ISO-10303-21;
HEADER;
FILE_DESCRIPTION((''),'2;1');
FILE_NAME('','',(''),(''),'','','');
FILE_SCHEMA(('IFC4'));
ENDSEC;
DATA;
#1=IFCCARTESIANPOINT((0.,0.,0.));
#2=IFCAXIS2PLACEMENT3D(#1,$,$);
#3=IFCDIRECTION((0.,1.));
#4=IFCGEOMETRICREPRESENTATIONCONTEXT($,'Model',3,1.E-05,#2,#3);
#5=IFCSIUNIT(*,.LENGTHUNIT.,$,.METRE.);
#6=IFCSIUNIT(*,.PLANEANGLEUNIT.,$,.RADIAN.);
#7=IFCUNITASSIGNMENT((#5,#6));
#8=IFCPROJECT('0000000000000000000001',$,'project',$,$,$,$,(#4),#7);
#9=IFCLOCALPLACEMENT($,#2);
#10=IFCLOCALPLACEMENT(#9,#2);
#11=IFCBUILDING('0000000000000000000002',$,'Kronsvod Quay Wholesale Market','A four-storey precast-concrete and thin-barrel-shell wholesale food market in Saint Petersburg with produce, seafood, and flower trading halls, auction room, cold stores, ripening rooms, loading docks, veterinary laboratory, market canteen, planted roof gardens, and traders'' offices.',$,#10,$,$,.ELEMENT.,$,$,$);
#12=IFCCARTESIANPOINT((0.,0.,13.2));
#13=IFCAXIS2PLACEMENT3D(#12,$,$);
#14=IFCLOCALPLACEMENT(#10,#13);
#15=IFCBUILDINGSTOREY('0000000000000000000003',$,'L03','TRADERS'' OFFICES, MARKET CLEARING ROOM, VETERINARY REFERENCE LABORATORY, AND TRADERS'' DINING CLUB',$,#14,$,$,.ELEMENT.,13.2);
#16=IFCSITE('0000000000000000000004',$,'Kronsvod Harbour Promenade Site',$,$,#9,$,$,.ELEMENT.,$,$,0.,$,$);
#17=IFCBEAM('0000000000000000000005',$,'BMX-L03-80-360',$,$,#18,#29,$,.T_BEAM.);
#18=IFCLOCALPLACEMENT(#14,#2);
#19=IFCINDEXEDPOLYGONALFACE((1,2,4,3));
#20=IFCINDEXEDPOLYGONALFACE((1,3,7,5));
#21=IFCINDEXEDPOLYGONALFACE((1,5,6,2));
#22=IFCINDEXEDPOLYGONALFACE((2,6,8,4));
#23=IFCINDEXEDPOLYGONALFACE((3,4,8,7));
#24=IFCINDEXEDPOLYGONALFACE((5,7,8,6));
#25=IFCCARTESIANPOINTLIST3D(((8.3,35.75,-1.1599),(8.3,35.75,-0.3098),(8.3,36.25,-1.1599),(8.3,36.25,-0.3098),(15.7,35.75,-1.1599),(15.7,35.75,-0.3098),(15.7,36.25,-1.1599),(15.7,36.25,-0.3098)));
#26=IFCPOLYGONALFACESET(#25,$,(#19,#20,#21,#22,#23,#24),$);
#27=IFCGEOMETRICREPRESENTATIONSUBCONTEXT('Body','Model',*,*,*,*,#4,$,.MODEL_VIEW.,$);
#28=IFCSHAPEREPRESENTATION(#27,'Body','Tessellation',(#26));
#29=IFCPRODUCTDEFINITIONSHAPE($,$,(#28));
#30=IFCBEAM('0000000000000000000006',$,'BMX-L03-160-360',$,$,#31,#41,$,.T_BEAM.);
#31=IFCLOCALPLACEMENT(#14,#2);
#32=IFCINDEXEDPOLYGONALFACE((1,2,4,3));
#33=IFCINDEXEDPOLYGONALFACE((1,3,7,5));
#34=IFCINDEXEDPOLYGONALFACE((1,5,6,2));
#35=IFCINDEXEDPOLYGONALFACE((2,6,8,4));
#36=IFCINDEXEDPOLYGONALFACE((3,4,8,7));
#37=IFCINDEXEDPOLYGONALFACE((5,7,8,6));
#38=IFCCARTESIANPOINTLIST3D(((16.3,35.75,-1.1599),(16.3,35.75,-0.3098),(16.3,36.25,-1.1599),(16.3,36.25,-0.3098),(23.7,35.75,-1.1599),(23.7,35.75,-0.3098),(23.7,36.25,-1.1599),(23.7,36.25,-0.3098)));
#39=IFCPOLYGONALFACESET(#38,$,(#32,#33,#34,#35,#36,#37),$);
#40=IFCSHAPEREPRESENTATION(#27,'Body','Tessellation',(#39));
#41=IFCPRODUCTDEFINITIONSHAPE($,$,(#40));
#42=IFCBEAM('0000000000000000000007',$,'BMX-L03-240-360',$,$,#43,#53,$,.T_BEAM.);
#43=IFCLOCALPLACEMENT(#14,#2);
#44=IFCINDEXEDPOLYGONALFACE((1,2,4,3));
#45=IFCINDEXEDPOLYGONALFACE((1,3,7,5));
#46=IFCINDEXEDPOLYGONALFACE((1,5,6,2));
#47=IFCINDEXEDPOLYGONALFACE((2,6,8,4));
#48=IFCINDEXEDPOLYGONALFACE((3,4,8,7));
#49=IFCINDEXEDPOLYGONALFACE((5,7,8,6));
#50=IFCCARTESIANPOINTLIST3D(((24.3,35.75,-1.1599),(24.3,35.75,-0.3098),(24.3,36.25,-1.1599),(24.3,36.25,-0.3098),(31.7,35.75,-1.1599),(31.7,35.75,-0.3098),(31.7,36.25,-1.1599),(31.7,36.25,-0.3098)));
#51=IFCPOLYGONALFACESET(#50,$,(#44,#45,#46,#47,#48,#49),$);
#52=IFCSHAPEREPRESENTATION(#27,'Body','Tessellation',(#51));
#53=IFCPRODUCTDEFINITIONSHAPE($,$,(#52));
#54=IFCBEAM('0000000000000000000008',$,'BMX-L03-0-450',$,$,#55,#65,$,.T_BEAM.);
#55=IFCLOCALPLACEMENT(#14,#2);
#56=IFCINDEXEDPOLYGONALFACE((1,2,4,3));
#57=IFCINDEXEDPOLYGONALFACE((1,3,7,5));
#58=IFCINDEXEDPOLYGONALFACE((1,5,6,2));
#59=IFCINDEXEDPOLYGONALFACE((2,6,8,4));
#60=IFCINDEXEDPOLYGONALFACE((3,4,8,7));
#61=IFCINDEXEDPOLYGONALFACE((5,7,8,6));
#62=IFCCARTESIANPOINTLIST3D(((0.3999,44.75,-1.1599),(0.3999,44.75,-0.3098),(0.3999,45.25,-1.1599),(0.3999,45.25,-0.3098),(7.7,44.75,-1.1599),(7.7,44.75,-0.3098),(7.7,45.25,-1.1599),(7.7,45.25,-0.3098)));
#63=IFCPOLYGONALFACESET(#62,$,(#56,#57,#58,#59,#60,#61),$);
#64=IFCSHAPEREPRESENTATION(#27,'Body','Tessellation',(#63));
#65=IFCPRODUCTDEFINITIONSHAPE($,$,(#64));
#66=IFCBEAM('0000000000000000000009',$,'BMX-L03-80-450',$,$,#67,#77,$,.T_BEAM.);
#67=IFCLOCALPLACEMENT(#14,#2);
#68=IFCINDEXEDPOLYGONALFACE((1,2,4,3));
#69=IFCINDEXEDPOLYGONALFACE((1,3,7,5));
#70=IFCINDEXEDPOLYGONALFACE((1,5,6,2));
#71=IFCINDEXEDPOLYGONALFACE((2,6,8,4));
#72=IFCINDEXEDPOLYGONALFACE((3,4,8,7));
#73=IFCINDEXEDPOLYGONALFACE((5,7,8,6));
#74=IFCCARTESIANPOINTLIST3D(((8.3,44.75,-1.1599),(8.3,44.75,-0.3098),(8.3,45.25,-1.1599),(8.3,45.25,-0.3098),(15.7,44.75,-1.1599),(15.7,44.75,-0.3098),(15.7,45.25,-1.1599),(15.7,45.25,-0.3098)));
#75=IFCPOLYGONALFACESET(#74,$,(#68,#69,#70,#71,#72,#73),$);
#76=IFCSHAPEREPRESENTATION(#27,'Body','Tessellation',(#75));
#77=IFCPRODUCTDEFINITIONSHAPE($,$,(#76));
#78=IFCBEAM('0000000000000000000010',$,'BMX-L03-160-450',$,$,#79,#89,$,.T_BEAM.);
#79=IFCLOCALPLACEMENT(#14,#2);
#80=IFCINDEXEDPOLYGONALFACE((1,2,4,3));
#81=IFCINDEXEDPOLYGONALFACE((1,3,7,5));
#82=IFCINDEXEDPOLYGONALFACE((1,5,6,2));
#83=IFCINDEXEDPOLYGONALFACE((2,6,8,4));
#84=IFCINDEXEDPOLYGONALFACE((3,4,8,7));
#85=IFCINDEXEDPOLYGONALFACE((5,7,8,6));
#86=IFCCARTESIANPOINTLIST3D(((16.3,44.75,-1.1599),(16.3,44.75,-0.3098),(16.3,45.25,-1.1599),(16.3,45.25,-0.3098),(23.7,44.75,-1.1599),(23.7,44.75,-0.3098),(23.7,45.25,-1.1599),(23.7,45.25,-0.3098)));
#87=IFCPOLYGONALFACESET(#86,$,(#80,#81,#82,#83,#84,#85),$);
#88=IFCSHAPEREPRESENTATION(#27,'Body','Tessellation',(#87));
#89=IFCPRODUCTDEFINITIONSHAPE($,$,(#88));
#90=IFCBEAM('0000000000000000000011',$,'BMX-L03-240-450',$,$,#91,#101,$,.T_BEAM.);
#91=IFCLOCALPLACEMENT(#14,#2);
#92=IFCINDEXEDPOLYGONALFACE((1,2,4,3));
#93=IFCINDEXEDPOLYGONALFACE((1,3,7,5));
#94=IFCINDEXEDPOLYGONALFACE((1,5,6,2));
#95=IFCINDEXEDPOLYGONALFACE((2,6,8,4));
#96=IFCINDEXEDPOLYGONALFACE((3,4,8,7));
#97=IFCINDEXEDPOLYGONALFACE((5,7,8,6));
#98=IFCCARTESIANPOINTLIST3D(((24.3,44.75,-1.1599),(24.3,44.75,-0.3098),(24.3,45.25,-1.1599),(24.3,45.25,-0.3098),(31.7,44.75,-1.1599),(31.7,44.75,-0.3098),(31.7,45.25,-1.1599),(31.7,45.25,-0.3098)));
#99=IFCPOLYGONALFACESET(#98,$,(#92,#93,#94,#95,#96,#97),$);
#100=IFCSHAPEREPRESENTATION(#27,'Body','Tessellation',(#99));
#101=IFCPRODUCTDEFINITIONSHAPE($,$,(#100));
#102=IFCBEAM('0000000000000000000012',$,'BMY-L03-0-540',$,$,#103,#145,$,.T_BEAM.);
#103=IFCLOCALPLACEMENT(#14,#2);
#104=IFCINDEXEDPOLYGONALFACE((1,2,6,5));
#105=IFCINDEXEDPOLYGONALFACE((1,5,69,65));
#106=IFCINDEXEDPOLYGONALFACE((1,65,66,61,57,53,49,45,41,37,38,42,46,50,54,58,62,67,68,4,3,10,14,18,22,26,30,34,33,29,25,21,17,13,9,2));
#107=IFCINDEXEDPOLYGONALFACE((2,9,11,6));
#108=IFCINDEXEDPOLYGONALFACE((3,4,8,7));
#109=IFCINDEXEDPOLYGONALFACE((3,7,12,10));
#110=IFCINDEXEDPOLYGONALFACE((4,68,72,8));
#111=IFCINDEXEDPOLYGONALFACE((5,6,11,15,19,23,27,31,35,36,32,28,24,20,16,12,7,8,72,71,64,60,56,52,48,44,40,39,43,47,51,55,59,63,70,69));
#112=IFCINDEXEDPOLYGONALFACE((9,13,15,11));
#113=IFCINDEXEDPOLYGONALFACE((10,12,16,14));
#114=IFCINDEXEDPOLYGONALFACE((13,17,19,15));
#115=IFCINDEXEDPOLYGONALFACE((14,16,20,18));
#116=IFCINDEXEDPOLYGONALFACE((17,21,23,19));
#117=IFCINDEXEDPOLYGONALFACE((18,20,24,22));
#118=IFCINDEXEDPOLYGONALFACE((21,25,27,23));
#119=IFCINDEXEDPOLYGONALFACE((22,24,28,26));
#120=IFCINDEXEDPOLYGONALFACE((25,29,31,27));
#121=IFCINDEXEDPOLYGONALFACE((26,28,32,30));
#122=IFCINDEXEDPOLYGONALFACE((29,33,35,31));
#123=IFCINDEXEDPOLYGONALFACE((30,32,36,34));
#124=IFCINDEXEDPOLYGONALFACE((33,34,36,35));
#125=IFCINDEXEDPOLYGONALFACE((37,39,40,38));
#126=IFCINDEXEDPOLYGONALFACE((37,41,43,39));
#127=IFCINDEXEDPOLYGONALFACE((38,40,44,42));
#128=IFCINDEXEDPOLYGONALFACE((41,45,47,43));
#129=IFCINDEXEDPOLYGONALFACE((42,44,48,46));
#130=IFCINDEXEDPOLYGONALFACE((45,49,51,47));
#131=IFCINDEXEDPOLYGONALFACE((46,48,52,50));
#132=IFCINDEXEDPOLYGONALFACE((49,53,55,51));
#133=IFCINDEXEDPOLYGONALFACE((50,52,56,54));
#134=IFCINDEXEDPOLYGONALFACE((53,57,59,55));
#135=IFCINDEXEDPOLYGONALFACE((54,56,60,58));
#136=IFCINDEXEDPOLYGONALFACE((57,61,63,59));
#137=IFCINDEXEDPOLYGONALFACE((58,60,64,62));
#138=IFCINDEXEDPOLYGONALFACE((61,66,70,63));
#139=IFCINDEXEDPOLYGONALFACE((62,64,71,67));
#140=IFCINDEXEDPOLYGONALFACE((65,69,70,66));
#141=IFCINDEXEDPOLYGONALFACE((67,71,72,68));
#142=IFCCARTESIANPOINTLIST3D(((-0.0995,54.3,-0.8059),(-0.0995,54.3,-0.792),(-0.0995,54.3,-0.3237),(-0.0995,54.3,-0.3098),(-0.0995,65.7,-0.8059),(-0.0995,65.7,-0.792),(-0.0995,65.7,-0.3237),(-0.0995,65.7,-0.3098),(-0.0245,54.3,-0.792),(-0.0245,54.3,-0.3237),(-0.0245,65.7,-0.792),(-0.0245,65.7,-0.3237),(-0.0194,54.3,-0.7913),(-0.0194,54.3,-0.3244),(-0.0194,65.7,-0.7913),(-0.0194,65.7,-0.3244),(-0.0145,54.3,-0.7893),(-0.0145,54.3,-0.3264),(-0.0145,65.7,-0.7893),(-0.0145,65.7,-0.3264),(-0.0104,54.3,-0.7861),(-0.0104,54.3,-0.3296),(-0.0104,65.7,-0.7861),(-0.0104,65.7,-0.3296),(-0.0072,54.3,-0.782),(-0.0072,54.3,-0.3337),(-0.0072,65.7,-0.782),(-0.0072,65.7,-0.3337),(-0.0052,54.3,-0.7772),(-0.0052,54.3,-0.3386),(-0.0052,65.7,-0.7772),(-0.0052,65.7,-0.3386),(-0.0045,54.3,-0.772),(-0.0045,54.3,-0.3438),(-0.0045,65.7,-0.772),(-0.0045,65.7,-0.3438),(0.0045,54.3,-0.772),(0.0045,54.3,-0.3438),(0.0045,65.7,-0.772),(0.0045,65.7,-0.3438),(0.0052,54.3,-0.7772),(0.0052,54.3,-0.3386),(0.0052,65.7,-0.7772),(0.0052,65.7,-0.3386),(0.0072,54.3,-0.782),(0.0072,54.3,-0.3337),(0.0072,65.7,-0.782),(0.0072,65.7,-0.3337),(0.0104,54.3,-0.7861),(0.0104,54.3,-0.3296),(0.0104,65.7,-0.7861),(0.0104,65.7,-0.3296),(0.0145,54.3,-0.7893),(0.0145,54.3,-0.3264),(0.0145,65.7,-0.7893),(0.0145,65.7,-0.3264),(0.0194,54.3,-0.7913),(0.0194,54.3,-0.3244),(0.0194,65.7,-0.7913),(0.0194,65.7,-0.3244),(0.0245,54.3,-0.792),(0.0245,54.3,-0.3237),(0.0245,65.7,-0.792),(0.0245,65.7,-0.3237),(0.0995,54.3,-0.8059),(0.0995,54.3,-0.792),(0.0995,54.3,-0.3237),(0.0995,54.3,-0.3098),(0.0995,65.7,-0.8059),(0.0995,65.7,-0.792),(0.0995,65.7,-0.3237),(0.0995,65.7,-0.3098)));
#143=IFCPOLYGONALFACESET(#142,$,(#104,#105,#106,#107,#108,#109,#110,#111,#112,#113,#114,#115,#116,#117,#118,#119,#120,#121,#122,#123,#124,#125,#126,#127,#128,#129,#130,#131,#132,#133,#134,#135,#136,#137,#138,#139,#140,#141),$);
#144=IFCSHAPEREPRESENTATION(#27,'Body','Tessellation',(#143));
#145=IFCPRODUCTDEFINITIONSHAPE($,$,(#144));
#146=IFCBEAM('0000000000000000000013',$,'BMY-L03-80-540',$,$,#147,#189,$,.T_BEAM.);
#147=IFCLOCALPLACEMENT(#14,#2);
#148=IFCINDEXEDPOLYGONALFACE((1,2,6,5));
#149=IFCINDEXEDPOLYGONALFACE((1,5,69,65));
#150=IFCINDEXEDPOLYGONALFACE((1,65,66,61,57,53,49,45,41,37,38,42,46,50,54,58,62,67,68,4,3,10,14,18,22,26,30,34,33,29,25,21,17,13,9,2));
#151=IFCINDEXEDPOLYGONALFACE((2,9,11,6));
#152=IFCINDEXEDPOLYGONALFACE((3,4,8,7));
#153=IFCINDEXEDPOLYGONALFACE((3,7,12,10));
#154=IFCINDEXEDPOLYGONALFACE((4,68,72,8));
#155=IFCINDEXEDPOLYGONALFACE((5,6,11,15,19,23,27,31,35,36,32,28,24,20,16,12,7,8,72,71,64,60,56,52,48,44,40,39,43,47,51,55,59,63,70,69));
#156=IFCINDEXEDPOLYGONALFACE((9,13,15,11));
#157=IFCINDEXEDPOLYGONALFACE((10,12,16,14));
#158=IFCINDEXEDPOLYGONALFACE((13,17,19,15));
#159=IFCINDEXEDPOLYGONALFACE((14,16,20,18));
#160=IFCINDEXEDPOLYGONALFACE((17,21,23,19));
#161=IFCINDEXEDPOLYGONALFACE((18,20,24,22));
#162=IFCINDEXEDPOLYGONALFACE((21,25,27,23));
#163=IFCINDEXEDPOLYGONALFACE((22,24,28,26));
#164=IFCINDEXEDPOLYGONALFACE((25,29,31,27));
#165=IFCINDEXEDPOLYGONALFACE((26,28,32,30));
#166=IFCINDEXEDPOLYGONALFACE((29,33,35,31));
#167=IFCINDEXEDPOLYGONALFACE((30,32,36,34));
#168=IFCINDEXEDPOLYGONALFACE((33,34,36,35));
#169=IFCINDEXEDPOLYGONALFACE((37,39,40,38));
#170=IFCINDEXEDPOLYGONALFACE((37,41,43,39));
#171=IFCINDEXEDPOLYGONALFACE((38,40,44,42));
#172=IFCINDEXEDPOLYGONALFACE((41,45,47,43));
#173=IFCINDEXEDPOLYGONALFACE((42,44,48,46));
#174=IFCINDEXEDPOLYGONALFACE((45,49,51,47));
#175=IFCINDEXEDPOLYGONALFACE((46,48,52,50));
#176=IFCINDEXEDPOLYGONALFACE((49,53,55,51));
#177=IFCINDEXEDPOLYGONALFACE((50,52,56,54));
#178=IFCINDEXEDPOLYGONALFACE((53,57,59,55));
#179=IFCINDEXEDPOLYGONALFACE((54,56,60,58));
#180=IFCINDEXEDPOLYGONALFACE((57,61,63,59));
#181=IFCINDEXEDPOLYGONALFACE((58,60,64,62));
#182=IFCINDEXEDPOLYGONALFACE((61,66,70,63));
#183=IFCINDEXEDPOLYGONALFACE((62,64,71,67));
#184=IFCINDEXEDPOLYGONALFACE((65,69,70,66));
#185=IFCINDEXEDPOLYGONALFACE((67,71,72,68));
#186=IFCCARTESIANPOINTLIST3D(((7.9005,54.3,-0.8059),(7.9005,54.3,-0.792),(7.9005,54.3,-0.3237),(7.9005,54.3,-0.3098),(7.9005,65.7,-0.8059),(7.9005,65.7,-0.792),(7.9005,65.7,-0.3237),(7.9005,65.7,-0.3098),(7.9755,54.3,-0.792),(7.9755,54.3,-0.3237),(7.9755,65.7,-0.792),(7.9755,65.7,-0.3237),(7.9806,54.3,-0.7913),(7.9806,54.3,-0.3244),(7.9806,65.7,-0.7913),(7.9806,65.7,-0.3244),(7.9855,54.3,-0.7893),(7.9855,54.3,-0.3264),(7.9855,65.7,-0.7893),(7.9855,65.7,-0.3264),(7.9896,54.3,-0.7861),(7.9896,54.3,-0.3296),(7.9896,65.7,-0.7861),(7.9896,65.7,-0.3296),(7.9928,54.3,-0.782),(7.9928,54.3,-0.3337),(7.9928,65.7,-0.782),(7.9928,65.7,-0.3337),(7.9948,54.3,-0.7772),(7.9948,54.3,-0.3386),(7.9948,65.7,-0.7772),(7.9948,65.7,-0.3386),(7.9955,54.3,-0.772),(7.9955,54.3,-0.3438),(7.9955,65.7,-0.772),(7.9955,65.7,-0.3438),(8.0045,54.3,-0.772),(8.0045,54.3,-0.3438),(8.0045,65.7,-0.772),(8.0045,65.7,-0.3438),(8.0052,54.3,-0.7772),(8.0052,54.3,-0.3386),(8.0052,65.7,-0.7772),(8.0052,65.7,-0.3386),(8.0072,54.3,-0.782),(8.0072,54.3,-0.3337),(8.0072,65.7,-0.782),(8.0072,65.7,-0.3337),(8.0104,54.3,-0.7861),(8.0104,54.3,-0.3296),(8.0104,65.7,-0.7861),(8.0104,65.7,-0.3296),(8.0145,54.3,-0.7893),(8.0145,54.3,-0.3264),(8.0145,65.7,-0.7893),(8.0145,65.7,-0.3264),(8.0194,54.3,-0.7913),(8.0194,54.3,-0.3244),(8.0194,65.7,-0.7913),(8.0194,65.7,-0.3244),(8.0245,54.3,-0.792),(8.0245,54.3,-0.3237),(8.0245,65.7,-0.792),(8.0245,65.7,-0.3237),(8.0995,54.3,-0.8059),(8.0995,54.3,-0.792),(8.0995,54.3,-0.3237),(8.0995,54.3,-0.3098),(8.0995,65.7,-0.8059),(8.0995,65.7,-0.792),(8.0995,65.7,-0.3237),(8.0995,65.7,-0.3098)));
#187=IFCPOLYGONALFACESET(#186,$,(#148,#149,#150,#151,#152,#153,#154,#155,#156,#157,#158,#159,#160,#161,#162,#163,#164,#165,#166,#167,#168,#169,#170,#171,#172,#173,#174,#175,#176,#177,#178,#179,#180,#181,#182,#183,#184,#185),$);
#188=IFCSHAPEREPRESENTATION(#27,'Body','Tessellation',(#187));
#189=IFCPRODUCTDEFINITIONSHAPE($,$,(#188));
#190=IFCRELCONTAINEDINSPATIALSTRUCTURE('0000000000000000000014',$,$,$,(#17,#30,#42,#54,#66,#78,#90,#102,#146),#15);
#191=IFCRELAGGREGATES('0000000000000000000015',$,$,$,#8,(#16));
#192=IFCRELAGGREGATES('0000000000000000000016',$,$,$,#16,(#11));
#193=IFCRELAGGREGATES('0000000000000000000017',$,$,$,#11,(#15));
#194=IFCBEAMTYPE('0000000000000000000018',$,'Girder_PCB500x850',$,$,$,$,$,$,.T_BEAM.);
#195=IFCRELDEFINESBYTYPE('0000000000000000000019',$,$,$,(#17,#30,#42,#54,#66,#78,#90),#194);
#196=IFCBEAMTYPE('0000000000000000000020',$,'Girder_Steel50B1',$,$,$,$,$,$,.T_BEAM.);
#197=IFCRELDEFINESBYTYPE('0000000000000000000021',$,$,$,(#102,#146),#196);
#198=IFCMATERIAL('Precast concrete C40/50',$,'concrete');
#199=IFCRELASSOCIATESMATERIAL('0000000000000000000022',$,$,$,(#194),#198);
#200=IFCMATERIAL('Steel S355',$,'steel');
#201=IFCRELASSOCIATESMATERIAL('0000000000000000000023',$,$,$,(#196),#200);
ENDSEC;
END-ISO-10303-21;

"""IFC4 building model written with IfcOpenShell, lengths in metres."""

from ifc_helpers import new_model, si_unit, direction, frame, origin, origin_2d, place, context, subcontext, project, spatial, rectangle, i_section, extrude, material, material_profile, profile_set, type_object, element, save


model = new_model("IFC4")

# Units and contexts
model_context = context("Model", 3, precision=1e-05, world=origin(), true_north=direction((0.0, 1.0)))
body_context = subcontext(model_context, "Body", "Model", "MODEL_VIEW")
ifc_project = project(units=[si_unit("LENGTHUNIT", "METRE"), si_unit("PLANEANGLEUNIT", "RADIAN")], contexts=[model_context])

# Site, building, storey
site_placement = place(None, origin())
site = spatial("IfcSite", under=ifc_project, at=site_placement, Name="Kronsvod Harbour Promenade Site", CompositionType="ELEMENT", RefElevation=0.0)
building_placement = place(site_placement, origin())
building = spatial("IfcBuilding", under=site, at=building_placement, Name="Kronsvod Quay Wholesale Market", Description="A four-storey precast-concrete and thin-barrel-shell wholesale food market in Saint Petersburg with produce, seafood, and flower trading halls, auction room, cold stores, ripening rooms, loading docks, veterinary laboratory, market canteen, planted roof gardens, and traders' offices.", CompositionType="ELEMENT")
storey_placement = place(building_placement, frame((0.0, 0.0, 13.2)))
storey = spatial("IfcBuildingStorey", under=building, at=storey_placement, Name="L03", Description="TRADERS' OFFICES, MARKET CLEARING ROOM, VETERINARY REFERENCE LABORATORY, AND TRADERS' DINING CLUB", CompositionType="ELEMENT", Elevation=13.2)

# Beams
ifc_material_1 = material(Name="Precast concrete C40/50", Category="concrete")
ifc_material_profile_1 = material_profile(ifc_material_1, rectangle(XDim=0.5, YDim=0.8501, at=origin_2d()), Name="PCB500x850")
ifc_profile_set_1 = profile_set([ifc_material_profile_1], Name="Precast concrete C40/50")
beam_type_1 = type_object("IfcBeamType", Name="Girder_PCB500x850", PredefinedType="T_BEAM", material=ifc_profile_set_1)
for number, where, z_axis, x_axis, name in (
    (1, (8.3, 36.0, -0.7349), (1.0, 0.0, 0.0), (0.0, 1.0, 0.0), "BMX-L03-80-360"),
    (2, (16.3, 36.0, -0.7349), (1.0, 0.0, 0.0), (0.0, 1.0, 0.0), "BMX-L03-160-360"),
    (3, (24.3, 36.0, -0.7349), (1.0, 0.0, 0.0), (0.0, 1.0, 0.0), "BMX-L03-240-360"),
):
    element("IfcBeam", number, at=place(storey_placement, frame(where, z_axis=z_axis, x_axis=x_axis)), inside=storey, type_object=beam_type_1, Name=name, PredefinedType="T_BEAM", context=body_context, shape_type="SweptSolid", body=[
        extrude(rectangle(XDim=0.5, YDim=0.8501, at=origin_2d()), origin(), (0.0, 0.0, 1.0), 7.3999),
    ])
beam_1_placement = place(storey_placement, frame((0.3999, 45.0, -0.7349), z_axis=(1.0, 0.0, 0.0), x_axis=(0.0, 1.0, 0.0)))
element("IfcBeam", 4, at=beam_1_placement, inside=storey, type_object=beam_type_1, Name="BMX-L03-0-450", PredefinedType="T_BEAM", context=body_context, shape_type="SweptSolid", body=[
    extrude(rectangle(XDim=0.5, YDim=0.8501, at=origin_2d()), origin(), (0.0, 0.0, 1.0), 7.3),
])
for number, where, z_axis, x_axis, name in (
    (5, (8.3, 45.0, -0.7349), (1.0, 0.0, 0.0), (0.0, 1.0, 0.0), "BMX-L03-80-450"),
    (6, (16.3, 45.0, -0.7349), (1.0, 0.0, 0.0), (0.0, 1.0, 0.0), "BMX-L03-160-450"),
    (7, (24.3, 45.0, -0.7349), (1.0, 0.0, 0.0), (0.0, 1.0, 0.0), "BMX-L03-240-450"),
):
    element("IfcBeam", number, at=place(storey_placement, frame(where, z_axis=z_axis, x_axis=x_axis)), inside=storey, type_object=beam_type_1, Name=name, PredefinedType="T_BEAM", context=body_context, shape_type="SweptSolid", body=[
        extrude(rectangle(XDim=0.5, YDim=0.8501, at=origin_2d()), origin(), (0.0, 0.0, 1.0), 7.3999),
    ])
ifc_material_2 = material(Name="Steel S355", Category="steel")
ifc_material_profile_2 = material_profile(ifc_material_2, i_section(OverallWidth=0.199, OverallDepth=0.4961, WebThickness=0.009, FlangeThickness=0.0139, FilletRadius=0.02, at=origin_2d()), Name="50B1")
ifc_profile_set_2 = profile_set([ifc_material_profile_2], Name="Steel S355")
beam_type_2 = type_object("IfcBeamType", Name="Girder_Steel50B1", PredefinedType="T_BEAM", material=ifc_profile_set_2)
for number, where, z_axis, x_axis, name in (
    (8, (0.0, 54.3, -0.5579), (0.0, 1.0, 0.0), (-1.0, 0.0, 0.0), "BMY-L03-0-540"),
    (9, (8.0, 54.3, -0.5579), (0.0, 1.0, 0.0), (-1.0, 0.0, 0.0), "BMY-L03-80-540"),
):
    element("IfcBeam", number, at=place(storey_placement, frame(where, z_axis=z_axis, x_axis=x_axis)), inside=storey, type_object=beam_type_2, Name=name, PredefinedType="T_BEAM", context=body_context, shape_type="SweptSolid", body=[
        extrude(i_section(OverallWidth=0.199, OverallDepth=0.4961, WebThickness=0.009, FlangeThickness=0.0139, FilletRadius=0.02, at=origin_2d()), origin(), (0.0, 0.0, 1.0), 11.3999),
    ])

save(model, "model.ifc")
